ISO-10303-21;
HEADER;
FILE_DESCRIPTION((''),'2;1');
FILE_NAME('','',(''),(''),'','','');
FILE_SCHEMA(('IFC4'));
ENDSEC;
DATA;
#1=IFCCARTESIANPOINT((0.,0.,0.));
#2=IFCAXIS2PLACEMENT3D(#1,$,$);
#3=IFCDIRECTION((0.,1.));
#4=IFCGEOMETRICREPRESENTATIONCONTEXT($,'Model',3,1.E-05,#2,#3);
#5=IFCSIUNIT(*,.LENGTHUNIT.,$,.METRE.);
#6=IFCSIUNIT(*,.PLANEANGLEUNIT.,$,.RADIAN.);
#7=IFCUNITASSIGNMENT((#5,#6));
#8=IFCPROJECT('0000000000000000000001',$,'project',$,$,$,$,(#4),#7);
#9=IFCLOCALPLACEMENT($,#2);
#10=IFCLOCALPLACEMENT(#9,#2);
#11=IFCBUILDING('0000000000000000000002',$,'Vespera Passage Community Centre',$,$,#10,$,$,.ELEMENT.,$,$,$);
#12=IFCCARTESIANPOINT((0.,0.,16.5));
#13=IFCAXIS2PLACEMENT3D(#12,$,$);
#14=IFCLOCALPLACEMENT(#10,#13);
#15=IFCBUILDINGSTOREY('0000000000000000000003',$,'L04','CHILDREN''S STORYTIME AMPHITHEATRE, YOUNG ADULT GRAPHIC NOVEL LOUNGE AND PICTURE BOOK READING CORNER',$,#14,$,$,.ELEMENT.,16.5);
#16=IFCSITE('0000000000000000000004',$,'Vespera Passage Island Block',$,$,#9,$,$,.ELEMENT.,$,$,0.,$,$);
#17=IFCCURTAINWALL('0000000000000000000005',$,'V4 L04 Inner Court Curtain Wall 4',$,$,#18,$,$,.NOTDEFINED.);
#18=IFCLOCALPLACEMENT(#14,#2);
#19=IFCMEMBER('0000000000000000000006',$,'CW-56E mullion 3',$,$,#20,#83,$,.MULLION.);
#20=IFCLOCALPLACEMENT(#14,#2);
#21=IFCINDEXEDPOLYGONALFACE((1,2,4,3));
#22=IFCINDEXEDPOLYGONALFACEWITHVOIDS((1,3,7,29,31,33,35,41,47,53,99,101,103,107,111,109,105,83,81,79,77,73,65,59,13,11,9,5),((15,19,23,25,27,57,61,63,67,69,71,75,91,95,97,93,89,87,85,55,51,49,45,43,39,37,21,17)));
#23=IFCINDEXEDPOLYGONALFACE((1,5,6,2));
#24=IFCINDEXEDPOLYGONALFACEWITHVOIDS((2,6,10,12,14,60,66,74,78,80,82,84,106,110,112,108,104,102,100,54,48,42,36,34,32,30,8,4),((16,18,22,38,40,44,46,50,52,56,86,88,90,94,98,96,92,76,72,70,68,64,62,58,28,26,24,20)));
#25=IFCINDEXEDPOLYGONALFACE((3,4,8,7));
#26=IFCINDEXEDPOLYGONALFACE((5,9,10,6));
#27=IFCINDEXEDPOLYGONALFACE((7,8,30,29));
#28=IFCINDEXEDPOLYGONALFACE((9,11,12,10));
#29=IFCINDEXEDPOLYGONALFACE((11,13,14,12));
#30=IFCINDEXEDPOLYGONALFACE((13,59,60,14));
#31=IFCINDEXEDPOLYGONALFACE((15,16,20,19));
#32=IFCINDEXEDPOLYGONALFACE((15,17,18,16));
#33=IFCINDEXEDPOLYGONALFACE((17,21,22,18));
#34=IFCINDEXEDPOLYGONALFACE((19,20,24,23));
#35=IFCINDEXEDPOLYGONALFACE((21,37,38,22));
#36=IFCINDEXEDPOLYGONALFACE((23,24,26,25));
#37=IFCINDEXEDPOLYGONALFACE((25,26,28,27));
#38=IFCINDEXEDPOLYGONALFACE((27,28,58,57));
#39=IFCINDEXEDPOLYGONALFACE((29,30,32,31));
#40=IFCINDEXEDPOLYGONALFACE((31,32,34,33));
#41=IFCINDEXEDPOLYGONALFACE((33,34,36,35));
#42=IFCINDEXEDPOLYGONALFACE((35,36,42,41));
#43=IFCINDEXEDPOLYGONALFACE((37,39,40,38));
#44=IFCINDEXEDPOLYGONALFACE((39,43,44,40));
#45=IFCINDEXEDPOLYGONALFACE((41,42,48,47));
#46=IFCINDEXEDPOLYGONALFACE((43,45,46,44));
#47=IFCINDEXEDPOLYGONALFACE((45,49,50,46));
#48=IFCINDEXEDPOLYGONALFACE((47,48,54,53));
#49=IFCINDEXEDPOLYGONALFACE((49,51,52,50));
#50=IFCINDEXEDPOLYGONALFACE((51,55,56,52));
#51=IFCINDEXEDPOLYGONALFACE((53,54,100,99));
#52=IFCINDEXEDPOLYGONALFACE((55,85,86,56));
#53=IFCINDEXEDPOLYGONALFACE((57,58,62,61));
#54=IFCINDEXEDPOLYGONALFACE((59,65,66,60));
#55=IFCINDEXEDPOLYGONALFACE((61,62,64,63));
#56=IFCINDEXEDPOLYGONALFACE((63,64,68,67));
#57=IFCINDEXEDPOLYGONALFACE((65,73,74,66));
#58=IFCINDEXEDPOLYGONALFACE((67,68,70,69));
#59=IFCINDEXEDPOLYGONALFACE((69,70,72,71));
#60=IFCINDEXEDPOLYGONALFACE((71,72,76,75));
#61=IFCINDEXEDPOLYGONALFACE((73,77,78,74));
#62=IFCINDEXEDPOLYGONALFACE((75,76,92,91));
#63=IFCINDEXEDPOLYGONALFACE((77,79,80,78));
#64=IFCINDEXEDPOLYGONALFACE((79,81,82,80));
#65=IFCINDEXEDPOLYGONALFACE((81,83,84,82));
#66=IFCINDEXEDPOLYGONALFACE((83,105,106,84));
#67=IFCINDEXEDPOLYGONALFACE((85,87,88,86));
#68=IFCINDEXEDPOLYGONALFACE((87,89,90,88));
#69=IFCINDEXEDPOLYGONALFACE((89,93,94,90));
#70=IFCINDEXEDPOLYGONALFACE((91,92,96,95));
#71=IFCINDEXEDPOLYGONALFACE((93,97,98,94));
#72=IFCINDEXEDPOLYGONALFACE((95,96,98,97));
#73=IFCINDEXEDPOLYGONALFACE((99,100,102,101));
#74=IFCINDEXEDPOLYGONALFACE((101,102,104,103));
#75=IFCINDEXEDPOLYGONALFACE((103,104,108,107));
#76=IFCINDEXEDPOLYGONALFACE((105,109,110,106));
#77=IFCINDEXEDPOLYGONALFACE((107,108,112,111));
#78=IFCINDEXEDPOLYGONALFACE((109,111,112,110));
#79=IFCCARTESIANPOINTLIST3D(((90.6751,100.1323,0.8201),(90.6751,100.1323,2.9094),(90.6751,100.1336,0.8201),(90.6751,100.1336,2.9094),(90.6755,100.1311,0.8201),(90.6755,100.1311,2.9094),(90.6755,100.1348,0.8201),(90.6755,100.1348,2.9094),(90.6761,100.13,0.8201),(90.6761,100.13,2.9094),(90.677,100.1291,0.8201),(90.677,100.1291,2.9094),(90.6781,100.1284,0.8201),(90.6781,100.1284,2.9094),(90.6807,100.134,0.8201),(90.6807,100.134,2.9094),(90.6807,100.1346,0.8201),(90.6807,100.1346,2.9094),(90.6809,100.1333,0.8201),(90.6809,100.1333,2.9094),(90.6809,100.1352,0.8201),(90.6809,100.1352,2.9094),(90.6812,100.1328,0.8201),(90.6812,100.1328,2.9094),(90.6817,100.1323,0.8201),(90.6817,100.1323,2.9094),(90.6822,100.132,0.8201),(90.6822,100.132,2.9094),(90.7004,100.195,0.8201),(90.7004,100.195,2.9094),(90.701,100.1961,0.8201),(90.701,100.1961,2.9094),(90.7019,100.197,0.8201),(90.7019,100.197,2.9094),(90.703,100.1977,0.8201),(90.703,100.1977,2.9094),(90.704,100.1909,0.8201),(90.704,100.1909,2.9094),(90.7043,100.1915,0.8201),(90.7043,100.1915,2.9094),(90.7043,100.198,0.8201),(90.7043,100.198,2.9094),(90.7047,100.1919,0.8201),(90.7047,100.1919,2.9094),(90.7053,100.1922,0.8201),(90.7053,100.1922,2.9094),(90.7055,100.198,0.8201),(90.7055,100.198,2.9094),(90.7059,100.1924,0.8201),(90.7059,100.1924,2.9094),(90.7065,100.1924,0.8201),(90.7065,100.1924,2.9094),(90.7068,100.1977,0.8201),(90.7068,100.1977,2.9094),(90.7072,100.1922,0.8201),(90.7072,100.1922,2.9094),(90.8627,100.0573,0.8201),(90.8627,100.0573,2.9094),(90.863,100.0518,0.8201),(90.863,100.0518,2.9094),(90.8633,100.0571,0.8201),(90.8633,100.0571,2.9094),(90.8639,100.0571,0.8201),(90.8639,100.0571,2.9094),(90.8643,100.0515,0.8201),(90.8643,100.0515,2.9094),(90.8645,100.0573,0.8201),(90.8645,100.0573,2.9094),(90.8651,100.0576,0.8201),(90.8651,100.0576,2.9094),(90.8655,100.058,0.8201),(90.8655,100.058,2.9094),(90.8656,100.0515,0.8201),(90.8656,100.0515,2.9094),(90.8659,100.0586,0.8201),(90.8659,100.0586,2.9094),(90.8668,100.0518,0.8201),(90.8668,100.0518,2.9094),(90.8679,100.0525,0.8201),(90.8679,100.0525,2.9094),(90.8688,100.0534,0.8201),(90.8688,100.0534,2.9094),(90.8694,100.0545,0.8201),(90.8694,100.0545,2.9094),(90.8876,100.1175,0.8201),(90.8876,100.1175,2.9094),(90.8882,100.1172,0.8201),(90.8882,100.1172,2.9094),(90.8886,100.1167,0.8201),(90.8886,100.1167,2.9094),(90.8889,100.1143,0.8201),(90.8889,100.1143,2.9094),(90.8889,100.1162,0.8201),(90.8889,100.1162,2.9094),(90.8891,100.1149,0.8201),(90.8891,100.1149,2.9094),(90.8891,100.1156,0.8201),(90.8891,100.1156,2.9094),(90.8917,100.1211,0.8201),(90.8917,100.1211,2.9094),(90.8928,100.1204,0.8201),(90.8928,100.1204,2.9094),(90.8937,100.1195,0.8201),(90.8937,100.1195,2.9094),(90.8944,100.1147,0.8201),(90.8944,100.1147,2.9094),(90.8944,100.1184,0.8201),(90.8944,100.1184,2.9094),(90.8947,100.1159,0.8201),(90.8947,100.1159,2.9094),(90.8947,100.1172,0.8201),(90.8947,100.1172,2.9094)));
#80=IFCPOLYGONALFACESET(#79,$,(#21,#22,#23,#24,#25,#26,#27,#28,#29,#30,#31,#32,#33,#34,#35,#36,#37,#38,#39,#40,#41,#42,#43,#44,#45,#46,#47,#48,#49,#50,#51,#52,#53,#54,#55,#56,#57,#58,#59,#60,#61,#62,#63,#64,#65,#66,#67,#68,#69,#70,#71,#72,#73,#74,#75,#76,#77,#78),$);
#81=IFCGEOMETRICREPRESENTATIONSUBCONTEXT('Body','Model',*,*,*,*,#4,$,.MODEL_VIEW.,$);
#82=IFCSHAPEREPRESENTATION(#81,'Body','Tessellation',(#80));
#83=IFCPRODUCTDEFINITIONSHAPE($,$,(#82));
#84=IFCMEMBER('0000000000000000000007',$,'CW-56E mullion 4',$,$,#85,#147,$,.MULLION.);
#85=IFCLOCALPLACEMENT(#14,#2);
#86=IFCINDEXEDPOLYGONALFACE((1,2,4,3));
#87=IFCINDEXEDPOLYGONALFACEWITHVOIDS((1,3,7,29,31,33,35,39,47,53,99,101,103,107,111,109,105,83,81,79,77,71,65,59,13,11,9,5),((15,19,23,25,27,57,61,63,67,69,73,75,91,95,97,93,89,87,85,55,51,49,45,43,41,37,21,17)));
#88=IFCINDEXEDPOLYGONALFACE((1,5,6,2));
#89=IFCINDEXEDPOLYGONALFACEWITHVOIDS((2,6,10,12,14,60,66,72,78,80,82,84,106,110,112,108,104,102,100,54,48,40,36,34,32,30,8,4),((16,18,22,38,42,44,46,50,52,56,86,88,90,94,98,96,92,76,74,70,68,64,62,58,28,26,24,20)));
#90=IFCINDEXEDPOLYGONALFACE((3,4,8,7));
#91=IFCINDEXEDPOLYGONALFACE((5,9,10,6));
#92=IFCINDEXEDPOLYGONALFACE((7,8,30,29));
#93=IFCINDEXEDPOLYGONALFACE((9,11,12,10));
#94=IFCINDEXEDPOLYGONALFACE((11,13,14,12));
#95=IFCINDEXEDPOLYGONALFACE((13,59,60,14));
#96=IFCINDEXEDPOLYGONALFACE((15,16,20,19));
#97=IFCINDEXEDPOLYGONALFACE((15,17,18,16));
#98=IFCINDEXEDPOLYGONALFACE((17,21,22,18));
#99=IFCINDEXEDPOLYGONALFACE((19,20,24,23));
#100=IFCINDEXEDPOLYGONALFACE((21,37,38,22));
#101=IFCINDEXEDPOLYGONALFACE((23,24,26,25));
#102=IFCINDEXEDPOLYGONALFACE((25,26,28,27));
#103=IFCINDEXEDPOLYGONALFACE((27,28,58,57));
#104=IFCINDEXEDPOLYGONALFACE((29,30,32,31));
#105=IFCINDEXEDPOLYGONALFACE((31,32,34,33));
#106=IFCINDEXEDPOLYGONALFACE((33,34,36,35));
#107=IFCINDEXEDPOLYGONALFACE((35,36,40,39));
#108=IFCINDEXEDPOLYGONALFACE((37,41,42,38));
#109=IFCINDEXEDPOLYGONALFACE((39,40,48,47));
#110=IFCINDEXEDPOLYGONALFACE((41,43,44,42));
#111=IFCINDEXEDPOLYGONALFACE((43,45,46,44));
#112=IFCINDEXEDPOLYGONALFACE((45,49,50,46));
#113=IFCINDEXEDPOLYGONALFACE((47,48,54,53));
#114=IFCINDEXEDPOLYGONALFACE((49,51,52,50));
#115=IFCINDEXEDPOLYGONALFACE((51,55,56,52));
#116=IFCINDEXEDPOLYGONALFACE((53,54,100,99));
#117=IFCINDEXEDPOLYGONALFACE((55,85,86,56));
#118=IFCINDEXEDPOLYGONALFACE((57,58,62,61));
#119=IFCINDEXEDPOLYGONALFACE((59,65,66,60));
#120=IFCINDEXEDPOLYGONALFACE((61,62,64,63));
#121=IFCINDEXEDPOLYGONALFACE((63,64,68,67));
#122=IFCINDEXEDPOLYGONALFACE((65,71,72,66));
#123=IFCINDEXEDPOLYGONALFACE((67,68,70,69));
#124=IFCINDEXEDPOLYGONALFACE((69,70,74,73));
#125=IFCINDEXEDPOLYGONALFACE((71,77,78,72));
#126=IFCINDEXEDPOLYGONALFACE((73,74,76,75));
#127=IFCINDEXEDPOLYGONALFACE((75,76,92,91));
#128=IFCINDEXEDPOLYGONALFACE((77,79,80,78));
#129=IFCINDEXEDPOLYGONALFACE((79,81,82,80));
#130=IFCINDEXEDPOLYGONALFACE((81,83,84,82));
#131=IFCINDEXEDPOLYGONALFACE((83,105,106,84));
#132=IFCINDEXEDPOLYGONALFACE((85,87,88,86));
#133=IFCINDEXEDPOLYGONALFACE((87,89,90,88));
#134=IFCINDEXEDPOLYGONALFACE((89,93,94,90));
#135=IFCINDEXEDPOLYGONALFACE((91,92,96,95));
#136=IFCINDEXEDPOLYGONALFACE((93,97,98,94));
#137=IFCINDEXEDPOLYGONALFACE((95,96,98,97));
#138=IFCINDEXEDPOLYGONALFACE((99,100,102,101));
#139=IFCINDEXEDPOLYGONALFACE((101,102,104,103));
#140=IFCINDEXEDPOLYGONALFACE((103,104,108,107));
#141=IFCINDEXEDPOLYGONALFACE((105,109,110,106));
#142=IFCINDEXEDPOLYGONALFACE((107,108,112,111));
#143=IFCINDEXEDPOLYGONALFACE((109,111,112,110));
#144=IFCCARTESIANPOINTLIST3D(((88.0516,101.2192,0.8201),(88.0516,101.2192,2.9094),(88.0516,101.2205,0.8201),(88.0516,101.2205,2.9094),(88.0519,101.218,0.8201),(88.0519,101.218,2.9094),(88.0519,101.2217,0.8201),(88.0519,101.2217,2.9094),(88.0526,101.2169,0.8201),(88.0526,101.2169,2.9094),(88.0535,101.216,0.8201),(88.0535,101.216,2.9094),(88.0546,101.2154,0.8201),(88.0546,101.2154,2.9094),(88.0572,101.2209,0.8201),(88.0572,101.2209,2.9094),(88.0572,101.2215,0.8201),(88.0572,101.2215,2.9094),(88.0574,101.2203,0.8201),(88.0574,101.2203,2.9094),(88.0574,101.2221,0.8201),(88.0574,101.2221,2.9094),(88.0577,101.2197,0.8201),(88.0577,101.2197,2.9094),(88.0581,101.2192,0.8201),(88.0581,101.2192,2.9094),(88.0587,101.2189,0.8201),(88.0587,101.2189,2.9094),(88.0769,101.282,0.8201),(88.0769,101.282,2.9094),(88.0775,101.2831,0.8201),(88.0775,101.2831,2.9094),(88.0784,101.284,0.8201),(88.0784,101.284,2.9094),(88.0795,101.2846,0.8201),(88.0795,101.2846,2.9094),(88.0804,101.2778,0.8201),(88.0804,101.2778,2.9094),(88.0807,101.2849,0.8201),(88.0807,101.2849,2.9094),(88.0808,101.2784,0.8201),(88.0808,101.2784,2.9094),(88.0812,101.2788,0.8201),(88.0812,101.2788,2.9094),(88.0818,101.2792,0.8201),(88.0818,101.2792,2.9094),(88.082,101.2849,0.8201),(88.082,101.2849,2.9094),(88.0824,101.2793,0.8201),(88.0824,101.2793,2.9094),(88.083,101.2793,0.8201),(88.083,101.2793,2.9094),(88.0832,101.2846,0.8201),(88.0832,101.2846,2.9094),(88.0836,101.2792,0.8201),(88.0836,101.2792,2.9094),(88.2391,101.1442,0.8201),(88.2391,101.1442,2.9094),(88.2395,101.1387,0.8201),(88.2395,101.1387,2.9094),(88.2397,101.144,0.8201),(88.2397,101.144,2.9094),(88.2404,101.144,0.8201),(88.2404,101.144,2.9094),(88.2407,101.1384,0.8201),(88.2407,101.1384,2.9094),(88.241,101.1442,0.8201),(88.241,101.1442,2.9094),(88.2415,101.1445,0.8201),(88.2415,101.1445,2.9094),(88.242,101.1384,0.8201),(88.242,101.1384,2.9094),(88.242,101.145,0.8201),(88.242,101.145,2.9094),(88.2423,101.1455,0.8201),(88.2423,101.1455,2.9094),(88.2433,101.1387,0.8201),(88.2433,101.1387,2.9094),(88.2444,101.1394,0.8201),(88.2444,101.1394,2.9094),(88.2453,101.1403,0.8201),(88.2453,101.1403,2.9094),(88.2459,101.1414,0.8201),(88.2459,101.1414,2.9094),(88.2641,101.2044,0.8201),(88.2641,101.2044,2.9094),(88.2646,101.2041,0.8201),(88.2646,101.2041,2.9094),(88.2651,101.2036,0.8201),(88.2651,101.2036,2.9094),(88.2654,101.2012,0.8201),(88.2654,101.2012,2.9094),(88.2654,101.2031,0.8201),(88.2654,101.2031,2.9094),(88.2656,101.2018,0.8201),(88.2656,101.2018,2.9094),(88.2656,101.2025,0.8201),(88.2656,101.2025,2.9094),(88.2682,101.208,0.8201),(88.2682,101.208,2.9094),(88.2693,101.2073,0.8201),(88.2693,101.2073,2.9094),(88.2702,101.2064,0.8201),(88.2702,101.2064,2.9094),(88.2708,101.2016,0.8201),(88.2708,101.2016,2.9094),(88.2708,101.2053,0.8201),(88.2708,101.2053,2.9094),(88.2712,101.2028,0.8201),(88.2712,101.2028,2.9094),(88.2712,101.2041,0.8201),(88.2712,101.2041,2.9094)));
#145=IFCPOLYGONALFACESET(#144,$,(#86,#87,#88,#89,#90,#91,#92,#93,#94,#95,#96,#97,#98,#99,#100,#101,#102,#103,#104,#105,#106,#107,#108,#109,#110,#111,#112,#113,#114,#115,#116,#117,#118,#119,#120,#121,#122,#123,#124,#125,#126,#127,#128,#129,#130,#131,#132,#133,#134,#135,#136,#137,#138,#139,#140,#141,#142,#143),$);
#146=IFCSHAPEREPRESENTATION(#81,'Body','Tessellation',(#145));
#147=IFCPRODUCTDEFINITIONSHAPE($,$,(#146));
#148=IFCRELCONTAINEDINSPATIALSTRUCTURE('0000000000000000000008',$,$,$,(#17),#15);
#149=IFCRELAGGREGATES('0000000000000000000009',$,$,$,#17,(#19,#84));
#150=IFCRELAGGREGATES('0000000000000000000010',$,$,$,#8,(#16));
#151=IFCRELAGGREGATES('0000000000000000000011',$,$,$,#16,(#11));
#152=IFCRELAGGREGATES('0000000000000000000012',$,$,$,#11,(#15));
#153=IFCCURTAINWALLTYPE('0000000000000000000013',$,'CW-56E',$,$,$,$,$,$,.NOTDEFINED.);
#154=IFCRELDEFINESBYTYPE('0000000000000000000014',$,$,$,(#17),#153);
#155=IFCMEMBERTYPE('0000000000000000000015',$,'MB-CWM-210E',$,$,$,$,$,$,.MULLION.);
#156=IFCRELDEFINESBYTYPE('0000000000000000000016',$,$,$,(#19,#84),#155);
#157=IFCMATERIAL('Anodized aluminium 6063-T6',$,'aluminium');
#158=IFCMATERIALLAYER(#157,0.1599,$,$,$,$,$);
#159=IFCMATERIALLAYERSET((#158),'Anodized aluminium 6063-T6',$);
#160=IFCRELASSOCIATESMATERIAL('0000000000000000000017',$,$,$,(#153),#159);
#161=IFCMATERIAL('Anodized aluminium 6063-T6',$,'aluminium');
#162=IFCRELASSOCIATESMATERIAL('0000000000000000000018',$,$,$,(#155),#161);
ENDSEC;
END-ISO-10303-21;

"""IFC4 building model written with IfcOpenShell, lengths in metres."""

from ifc_helpers import new_model, si_unit, direction, frame, origin, origin_2d, place, context, subcontext, project, spatial, hollow_rectangle, extrude, material, layer, layer_set, material_profile, profile_set, type_object, element, aggregate, save


model = new_model("IFC4")

# Units and contexts
model_context = context("Model", 3, precision=1e-05, world=origin(), true_north=direction((0.0, 1.0)))
body_context = subcontext(model_context, "Body", "Model", "MODEL_VIEW")
ifc_project = project(units=[si_unit("LENGTHUNIT", "METRE"), si_unit("PLANEANGLEUNIT", "RADIAN")], contexts=[model_context])

# Site, building, storey
site_placement = place(None, origin())
site = spatial("IfcSite", under=ifc_project, at=site_placement, Name="Vespera Passage Island Block", CompositionType="ELEMENT", RefElevation=0.0)
building_placement = place(site_placement, origin())
building = spatial("IfcBuilding", under=site, at=building_placement, Name="Vespera Passage Community Centre", CompositionType="ELEMENT")
storey_placement = place(building_placement, frame((0.0, 0.0, 16.5)))
storey = spatial("IfcBuildingStorey", under=building, at=storey_placement, Name="L04", Description="CHILDREN'S STORYTIME AMPHITHEATRE, YOUNG ADULT GRAPHIC NOVEL LOUNGE AND PICTURE BOOK READING CORNER", CompositionType="ELEMENT", Elevation=16.5)

# Curtain wall, members
ifc_material_1 = material(Name="Anodized aluminium 6063-T6", Category="aluminium")
ifc_layer_1 = layer(ifc_material_1, 0.1599)
ifc_layer_set_1 = layer_set([ifc_layer_1], Name="Anodized aluminium 6063-T6")
curtain_wall_type_1 = type_object("IfcCurtainWallType", Name="CW-56E", PredefinedType="NOTDEFINED", material=ifc_layer_set_1)
curtain_wall_1_placement = place(storey_placement, origin())
curtain_wall_1 = element("IfcCurtainWall", 1, at=curtain_wall_1_placement, inside=storey, type_object=curtain_wall_type_1, Name="V4 L04 Inner Court Curtain Wall 4", PredefinedType="NOTDEFINED")
ifc_material_2 = material(Name="Anodized aluminium 6063-T6", Category="aluminium")
ifc_material_profile_1 = material_profile(ifc_material_2, hollow_rectangle(XDim=0.075, YDim=0.21, WallThickness=0.0049, InnerFilletRadius=0.0024, OuterFilletRadius=0.0049, at=origin_2d()), Name="ALU210X75X5")
ifc_profile_set_1 = profile_set([ifc_material_profile_1], Name="Anodized aluminium 6063-T6")
member_type_1 = type_object("IfcMemberType", Name="MB-CWM-210E", PredefinedType="MULLION", material=ifc_profile_set_1)
member_1_placement = place(storey_placement, frame((90.7849, 100.1248, 0.8201), z_axis=(0.0, 0.0, 1.0), x_axis=(-0.38269, -0.923877, 0.0)))
member_1 = element("IfcMember", 2, at=member_1_placement, type_object=member_type_1, Name="CW-56E mullion 3", PredefinedType="MULLION", context=body_context, shape_type="SweptSolid", body=[
    extrude(hollow_rectangle(XDim=0.075, YDim=0.21, WallThickness=0.0049, InnerFilletRadius=0.0024, OuterFilletRadius=0.0049, at=origin_2d()), origin(), (0.0, 0.0, 1.0), 2.0894),
])
member_2_placement = place(storey_placement, frame((88.1614, 101.2117, 0.8201), z_axis=(0.0, 0.0, 1.0), x_axis=(-0.38269, -0.923877, 0.0)))
member_2 = element("IfcMember", 3, at=member_2_placement, type_object=member_type_1, Name="CW-56E mullion 4", PredefinedType="MULLION", context=body_context, shape_type="SweptSolid", body=[
    extrude(hollow_rectangle(XDim=0.075, YDim=0.21, WallThickness=0.0049, InnerFilletRadius=0.0024, OuterFilletRadius=0.0049, at=origin_2d()), origin(), (0.0, 0.0, 1.0), 2.0894),
])

aggregate(curtain_wall_1, [member_1, member_2])

save(model, "model.ifc")
